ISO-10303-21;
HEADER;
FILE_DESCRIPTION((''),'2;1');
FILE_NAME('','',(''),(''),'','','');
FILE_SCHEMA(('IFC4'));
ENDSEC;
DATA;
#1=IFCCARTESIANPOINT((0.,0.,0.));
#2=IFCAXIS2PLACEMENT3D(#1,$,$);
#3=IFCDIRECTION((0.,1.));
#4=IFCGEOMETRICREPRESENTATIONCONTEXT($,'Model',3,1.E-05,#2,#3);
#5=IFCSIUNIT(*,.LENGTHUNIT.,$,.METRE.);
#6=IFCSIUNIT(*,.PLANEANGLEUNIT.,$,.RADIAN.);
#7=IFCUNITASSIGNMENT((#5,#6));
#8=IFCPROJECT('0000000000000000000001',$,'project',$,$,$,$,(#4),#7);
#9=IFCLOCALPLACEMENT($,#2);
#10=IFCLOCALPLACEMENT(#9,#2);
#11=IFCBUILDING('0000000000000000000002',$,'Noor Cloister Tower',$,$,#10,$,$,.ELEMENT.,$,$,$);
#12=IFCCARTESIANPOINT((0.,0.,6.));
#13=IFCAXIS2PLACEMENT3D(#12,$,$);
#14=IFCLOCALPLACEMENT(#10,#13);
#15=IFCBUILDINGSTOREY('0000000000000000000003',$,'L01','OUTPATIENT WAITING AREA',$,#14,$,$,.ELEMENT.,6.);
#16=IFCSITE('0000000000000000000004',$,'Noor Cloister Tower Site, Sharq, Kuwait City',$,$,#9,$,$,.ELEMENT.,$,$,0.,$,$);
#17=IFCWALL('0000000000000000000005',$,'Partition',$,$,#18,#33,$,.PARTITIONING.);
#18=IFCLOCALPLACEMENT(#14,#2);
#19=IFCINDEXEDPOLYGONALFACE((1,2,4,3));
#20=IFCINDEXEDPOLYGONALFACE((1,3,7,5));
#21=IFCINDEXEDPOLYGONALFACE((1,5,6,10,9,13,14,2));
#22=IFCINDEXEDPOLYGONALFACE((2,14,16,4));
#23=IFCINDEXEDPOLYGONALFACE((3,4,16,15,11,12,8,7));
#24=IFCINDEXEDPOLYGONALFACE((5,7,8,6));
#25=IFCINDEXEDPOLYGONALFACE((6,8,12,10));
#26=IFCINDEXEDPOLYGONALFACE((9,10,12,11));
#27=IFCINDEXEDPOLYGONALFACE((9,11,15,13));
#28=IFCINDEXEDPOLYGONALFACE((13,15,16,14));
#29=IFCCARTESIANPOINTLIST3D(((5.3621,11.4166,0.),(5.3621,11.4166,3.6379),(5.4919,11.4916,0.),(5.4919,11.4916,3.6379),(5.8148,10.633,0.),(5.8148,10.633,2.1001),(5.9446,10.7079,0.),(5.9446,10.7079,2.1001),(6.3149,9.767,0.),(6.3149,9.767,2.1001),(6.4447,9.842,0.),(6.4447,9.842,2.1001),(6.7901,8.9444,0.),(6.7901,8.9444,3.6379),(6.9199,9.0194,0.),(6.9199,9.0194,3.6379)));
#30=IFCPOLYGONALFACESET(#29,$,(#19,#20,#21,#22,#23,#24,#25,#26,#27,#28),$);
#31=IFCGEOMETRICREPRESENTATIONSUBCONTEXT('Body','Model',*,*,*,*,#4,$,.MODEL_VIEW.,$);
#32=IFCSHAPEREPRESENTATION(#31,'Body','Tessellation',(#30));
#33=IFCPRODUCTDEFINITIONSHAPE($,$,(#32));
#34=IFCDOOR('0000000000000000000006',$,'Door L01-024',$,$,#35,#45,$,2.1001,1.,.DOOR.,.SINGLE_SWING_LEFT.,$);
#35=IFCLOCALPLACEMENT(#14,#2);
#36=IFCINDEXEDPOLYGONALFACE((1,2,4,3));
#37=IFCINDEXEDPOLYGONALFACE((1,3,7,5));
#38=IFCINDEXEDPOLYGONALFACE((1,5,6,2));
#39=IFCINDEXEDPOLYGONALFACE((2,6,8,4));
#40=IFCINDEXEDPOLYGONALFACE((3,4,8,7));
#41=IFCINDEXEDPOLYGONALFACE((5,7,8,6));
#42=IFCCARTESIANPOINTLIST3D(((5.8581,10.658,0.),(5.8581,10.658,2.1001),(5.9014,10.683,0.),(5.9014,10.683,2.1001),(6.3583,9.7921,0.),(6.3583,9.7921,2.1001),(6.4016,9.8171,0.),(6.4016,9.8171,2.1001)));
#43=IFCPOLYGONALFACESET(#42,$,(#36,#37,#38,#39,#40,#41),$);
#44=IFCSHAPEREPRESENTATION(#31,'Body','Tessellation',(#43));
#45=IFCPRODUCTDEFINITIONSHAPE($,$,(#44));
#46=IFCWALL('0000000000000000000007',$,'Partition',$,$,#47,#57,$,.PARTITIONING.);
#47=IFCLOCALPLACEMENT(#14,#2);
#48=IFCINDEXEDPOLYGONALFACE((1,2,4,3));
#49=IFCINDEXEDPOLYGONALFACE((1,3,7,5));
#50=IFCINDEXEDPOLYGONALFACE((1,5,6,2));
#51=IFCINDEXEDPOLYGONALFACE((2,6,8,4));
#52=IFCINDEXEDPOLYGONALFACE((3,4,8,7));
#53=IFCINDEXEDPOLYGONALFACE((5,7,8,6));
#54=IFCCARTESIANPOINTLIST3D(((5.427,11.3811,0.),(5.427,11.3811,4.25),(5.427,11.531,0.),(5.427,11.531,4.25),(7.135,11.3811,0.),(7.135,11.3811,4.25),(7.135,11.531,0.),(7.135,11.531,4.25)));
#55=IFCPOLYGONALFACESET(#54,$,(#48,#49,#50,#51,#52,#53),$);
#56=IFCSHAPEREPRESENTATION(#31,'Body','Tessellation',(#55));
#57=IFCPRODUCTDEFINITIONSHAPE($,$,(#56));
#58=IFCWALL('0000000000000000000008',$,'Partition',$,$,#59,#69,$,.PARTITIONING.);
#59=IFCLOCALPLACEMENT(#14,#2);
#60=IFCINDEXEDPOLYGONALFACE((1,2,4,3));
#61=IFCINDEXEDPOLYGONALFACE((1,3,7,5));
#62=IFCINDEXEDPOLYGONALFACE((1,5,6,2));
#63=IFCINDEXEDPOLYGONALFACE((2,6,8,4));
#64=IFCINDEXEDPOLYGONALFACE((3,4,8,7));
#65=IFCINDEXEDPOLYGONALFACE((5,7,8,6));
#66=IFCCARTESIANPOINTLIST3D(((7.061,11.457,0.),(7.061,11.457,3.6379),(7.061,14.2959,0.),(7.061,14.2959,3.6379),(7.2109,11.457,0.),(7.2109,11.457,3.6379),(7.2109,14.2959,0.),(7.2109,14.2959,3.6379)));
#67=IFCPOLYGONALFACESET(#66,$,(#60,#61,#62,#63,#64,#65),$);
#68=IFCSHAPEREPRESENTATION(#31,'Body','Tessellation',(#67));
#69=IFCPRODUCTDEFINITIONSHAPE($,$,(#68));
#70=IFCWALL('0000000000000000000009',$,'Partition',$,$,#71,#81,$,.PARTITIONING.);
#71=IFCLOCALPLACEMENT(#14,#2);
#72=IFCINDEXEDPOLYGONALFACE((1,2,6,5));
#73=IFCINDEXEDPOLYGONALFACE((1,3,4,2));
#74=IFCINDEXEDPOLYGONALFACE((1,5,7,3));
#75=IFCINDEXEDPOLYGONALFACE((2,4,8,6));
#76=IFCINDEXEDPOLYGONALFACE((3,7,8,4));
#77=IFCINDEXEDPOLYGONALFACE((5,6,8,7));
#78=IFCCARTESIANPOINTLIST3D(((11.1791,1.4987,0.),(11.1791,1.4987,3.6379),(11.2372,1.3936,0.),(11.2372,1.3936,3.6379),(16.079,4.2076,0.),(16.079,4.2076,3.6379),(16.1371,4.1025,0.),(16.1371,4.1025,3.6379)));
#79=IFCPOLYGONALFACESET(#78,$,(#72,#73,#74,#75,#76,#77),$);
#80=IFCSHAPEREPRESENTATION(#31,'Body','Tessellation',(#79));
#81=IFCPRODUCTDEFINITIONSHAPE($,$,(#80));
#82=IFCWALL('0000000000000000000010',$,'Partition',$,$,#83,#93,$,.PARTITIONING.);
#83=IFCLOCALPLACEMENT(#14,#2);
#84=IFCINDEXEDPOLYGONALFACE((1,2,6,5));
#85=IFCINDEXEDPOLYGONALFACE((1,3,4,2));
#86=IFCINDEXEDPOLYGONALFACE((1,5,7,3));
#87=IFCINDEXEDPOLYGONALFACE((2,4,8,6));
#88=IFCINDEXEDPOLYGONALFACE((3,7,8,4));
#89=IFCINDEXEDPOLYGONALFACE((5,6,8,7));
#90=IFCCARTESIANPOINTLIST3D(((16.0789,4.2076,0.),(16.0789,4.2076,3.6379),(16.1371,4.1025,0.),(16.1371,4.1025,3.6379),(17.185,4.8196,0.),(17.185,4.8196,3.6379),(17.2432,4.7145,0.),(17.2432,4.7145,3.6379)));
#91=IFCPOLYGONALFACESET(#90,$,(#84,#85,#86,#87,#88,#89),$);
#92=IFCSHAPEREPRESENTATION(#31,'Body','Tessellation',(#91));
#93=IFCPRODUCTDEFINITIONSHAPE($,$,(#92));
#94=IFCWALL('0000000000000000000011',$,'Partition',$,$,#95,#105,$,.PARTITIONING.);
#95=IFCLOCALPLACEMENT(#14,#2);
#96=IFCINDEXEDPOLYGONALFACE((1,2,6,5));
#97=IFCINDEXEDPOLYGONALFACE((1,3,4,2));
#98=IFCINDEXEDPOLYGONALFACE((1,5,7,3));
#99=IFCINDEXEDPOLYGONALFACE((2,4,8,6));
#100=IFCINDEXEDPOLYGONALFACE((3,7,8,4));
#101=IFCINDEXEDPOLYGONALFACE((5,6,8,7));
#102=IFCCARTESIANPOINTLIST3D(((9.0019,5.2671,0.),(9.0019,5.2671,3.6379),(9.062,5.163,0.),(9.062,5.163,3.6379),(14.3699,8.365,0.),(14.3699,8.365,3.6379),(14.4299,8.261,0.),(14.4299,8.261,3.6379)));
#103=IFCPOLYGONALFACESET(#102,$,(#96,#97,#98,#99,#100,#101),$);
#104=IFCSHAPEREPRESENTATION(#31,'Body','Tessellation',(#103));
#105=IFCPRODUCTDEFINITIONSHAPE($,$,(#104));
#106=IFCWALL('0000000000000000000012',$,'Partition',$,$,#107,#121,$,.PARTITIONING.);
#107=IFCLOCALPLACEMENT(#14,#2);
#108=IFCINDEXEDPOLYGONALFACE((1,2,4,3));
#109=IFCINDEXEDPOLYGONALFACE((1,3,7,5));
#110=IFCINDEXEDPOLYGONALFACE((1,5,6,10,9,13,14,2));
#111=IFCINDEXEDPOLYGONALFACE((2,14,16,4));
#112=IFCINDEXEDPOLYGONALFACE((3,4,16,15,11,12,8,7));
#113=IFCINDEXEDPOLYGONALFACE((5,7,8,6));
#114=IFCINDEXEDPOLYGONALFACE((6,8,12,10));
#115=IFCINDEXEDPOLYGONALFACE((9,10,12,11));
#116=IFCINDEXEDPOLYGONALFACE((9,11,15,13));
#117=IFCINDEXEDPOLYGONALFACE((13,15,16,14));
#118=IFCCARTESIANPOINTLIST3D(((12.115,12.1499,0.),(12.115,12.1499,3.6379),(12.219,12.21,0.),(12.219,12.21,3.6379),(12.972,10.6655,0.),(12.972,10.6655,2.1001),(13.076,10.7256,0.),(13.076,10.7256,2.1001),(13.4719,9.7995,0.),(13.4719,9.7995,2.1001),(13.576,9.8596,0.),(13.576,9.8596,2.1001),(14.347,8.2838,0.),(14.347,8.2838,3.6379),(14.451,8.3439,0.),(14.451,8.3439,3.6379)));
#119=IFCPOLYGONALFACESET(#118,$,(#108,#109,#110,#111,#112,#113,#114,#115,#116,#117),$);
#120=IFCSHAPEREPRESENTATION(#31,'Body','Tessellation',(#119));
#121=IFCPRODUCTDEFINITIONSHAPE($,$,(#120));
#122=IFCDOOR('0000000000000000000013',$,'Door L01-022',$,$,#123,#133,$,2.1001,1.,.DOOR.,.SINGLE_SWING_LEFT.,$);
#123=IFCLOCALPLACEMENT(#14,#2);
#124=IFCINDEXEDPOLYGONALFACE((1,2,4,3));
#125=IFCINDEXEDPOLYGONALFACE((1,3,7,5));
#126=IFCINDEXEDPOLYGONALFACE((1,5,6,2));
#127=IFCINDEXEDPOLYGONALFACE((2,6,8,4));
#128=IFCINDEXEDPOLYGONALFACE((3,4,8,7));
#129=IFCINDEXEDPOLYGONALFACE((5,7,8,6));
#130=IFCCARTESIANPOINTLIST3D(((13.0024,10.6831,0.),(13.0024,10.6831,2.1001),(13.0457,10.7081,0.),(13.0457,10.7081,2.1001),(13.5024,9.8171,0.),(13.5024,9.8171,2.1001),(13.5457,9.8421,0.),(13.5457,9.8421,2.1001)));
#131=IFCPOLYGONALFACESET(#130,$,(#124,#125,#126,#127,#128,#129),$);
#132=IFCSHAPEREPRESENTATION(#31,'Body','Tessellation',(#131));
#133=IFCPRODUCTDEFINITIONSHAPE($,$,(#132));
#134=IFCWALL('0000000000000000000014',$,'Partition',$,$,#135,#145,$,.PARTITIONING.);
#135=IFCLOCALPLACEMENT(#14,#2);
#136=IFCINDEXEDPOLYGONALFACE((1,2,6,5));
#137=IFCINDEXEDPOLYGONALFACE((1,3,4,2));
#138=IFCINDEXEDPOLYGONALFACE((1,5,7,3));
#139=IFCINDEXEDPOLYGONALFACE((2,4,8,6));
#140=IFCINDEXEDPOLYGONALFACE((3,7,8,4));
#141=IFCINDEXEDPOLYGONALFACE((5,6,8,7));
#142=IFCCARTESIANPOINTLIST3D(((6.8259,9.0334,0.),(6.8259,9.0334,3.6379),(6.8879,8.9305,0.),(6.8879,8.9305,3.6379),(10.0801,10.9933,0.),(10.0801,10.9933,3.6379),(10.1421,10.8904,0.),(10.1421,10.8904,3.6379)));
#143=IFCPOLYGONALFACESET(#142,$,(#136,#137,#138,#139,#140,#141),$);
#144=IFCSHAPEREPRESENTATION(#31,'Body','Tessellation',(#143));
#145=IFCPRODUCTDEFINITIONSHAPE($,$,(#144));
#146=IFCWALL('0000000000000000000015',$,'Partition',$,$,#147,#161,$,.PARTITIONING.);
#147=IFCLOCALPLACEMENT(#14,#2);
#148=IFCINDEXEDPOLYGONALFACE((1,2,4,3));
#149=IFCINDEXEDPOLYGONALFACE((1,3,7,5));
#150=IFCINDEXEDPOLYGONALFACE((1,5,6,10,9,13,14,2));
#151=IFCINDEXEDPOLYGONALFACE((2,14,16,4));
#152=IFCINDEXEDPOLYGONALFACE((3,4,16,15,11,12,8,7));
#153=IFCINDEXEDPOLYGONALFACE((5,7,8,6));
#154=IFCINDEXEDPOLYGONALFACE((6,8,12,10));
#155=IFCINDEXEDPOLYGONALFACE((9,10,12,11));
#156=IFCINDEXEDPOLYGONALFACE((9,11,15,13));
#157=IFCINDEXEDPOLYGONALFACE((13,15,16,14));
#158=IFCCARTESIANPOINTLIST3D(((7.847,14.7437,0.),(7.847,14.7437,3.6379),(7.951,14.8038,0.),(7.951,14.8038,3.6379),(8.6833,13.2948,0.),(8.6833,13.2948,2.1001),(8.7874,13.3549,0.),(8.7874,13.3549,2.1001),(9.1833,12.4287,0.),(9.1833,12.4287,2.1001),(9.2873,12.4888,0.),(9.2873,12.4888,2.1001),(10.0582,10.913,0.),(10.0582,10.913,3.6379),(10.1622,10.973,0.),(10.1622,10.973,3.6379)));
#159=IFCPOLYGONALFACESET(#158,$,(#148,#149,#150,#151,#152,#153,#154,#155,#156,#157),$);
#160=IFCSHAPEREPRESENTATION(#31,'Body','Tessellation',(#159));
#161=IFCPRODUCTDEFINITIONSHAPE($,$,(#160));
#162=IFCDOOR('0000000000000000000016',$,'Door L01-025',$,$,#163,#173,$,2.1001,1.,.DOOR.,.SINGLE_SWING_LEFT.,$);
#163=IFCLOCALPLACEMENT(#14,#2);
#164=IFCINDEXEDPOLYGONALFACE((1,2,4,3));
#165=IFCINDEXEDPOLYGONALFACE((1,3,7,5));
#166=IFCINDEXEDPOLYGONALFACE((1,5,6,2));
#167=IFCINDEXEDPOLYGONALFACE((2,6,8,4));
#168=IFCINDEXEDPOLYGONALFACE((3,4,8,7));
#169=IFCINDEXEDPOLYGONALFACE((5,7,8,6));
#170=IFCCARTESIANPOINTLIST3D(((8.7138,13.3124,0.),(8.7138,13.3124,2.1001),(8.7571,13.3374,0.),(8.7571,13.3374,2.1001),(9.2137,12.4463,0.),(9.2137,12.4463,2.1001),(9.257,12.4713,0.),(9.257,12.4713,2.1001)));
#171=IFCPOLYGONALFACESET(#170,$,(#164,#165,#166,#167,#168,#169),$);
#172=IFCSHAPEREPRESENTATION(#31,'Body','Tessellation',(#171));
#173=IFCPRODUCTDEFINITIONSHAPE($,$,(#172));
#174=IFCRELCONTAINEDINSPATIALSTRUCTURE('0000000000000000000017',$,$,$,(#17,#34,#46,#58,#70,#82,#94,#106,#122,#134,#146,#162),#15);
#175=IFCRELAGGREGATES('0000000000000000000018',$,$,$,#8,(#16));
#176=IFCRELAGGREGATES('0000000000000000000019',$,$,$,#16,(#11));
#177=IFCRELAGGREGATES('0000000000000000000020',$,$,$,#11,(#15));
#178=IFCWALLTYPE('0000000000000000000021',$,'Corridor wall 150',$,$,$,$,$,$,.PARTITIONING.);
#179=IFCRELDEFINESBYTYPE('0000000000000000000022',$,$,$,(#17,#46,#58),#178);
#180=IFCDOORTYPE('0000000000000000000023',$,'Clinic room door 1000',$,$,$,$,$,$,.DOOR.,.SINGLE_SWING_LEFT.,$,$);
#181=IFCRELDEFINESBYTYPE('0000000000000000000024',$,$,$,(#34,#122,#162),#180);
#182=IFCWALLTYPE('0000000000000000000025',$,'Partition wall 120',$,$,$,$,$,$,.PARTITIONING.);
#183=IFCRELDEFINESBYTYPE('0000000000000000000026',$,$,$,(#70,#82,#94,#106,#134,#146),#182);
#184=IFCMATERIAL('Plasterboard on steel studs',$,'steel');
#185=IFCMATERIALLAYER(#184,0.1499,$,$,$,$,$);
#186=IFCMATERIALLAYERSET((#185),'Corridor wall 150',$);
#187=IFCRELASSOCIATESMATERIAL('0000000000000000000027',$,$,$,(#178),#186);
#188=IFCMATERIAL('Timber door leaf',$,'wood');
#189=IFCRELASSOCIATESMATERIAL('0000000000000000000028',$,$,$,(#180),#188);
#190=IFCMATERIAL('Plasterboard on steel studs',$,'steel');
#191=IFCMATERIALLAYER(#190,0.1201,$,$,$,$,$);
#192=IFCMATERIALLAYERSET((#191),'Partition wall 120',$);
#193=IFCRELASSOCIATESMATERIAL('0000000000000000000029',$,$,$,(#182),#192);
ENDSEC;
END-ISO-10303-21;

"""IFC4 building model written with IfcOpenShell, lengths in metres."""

from ifc_helpers import new_model, si_unit, direction, frame, frame_2d, origin, place, context, subcontext, project, spatial, rectangle, extrude, material, layer, layer_set, type_object, element, fill, save


model = new_model("IFC4")

# Units and contexts
model_context = context("Model", 3, precision=1e-05, world=origin(), true_north=direction((0.0, 1.0)))
body_context = subcontext(model_context, "Body", "Model", "MODEL_VIEW")
ifc_project = project(units=[si_unit("LENGTHUNIT", "METRE"), si_unit("PLANEANGLEUNIT", "RADIAN")], contexts=[model_context])

# Site, building, storey
site_placement = place(None, origin())
site = spatial("IfcSite", under=ifc_project, at=site_placement, Name="Noor Cloister Tower Site, Sharq, Kuwait City", CompositionType="ELEMENT", RefElevation=0.0)
building_placement = place(site_placement, origin())
building = spatial("IfcBuilding", under=site, at=building_placement, Name="Noor Cloister Tower", CompositionType="ELEMENT")
storey_placement = place(building_placement, frame((0.0, 0.0, 6.0)))
storey = spatial("IfcBuildingStorey", under=building, at=storey_placement, Name="L01", Description="OUTPATIENT WAITING AREA", CompositionType="ELEMENT", Elevation=6.0)

# Wall, opening, door
ifc_material_1 = material(Name="Plasterboard on steel studs", Category="steel")
ifc_layer_1 = layer(ifc_material_1, 0.1499)
ifc_layer_set_1 = layer_set([ifc_layer_1], Name="Corridor wall 150")
wall_type_1 = type_object("IfcWallType", Name="Corridor wall 150", PredefinedType="PARTITIONING", material=ifc_layer_set_1)
ifc_material_2 = material(Name="Timber door leaf", Category="wood")
door_type_1 = type_object("IfcDoorType", Name="Clinic room door 1000", OperationType="SINGLE_SWING_LEFT", PredefinedType="DOOR", material=ifc_material_2)
wall_1_placement = place(storey_placement, frame((6.855, 8.9819, 0.0), z_axis=(0.0, 0.0, 1.0), x_axis=(-0.500176, 0.865924, 0.0)))
wall_1 = element("IfcWall", 1, at=wall_1_placement, inside=storey, type_object=wall_type_1, Name="Partition", PredefinedType="PARTITIONING", context=body_context, shape_type="SweptSolid", body=[
    extrude(rectangle(XDim=2.855, YDim=0.1499, at=frame_2d((1.4275, 0.0))), origin(), (0.0, 0.0, 1.0), 3.6379),
])
opening_1_placement = place(wall_1_placement, frame((0.95, 0.0, 0.0)))
opening_1 = element("IfcOpeningElement", 2, at=opening_1_placement, cuts=wall_1, PredefinedType="OPENING", context=body_context, shape_type="SweptSolid", body=[
    extrude(rectangle(XDim=1.0, YDim=2.1001, at=frame_2d((0.5, 1.05))), frame((0.0, 0.085, 0.0), z_axis=(0.0, -1.0, 0.0), x_axis=(1.0, 0.0, 0.0)), (0.0, 0.0, 1.0), 0.1699),
])
door_1_placement = place(opening_1_placement, origin())
door_1 = element("IfcDoor", 3, at=door_1_placement, inside=storey, type_object=door_type_1, Name="Door L01-024", OperationType="SINGLE_SWING_LEFT", OverallHeight=2.1001, OverallWidth=1.0, PredefinedType="DOOR", context=body_context, shape_type="SweptSolid", body=[
    extrude(rectangle(XDim=1.0, YDim=2.1001, at=frame_2d((0.5, 1.05))), frame((0.0, 0.0249, 0.0), z_axis=(0.0, -1.0, 0.0), x_axis=(1.0, 0.0, 0.0)), (0.0, 0.0, 1.0), 0.05),
])
fill(opening_1, door_1)

# Walls
wall_2_placement = place(storey_placement, frame((5.427, 11.4561, 0.0), z_axis=(0.0, 0.0, 1.0), x_axis=(1.0, 0.0, 0.0)))
element("IfcWall", 4, at=wall_2_placement, inside=storey, type_object=wall_type_1, Name="Partition", PredefinedType="PARTITIONING", context=body_context, shape_type="SweptSolid", body=[
    extrude(rectangle(XDim=1.708, YDim=0.1499, at=frame_2d((0.854, 0.0))), origin(), (0.0, 0.0, 1.0), 4.25),
])
wall_3_placement = place(storey_placement, frame((7.136, 11.457, 0.0), z_axis=(0.0, 0.0, 1.0), x_axis=(0.0, 1.0, 0.0)))
element("IfcWall", 5, at=wall_3_placement, inside=storey, type_object=wall_type_1, Name="Partition", PredefinedType="PARTITIONING", context=body_context, shape_type="SweptSolid", body=[
    extrude(rectangle(XDim=2.8389, YDim=0.1499, at=frame_2d((1.4194, 0.0))), origin(), (0.0, 0.0, 1.0), 3.6379),
])
ifc_material_3 = material(Name="Plasterboard on steel studs", Category="steel")
ifc_layer_2 = layer(ifc_material_3, 0.1201)
ifc_layer_set_2 = layer_set([ifc_layer_2], Name="Partition wall 120")
wall_type_2 = type_object("IfcWallType", Name="Partition wall 120", PredefinedType="PARTITIONING", material=ifc_layer_set_2)
wall_4_placement = place(storey_placement, frame((16.1079, 4.155, 0.0), z_axis=(0.0, 0.0, 1.0), x_axis=(-0.875155, -0.483843, 0.0)))
element("IfcWall", 6, at=wall_4_placement, inside=storey, type_object=wall_type_2, Name="Partition", PredefinedType="PARTITIONING", context=body_context, shape_type="SweptSolid", body=[
    extrude(rectangle(XDim=5.5989, YDim=0.1201, at=frame_2d((2.7993, 0.0))), origin(), (0.0, 0.0, 1.0), 3.6379),
])
wall_5_placement = place(storey_placement, frame((17.2141, 4.7671, 0.0), z_axis=(0.0, 0.0, 1.0), x_axis=(-0.874994, -0.484134, 0.0)))
element("IfcWall", 7, at=wall_5_placement, inside=storey, type_object=wall_type_2, Name="Partition", PredefinedType="PARTITIONING", context=body_context, shape_type="SweptSolid", body=[
    extrude(rectangle(XDim=1.2642, YDim=0.1201, at=frame_2d((0.6321, 0.0))), origin(), (0.0, 0.0, 1.0), 3.6379),
])
wall_6_placement = place(storey_placement, frame((14.3999, 8.313, 0.0), z_axis=(0.0, 0.0, 1.0), x_axis=(-0.866114, -0.499846, 0.0)))
element("IfcWall", 8, at=wall_6_placement, inside=storey, type_object=wall_type_2, Name="Partition", PredefinedType="PARTITIONING", context=body_context, shape_type="SweptSolid", body=[
    extrude(rectangle(XDim=6.1978, YDim=0.1201, at=frame_2d((3.0989, 0.0))), origin(), (0.0, 0.0, 1.0), 3.6379),
])

# Wall, opening, door
wall_7_placement = place(storey_placement, frame((14.3989, 8.314, 0.0), z_axis=(0.0, 0.0, 1.0), x_axis=(-0.499986, 0.866033, 0.0)))
wall_7 = element("IfcWall", 9, at=wall_7_placement, inside=storey, type_object=wall_type_2, Name="Partition", PredefinedType="PARTITIONING", context=body_context, shape_type="SweptSolid", body=[
    extrude(rectangle(XDim=4.4641, YDim=0.1201, at=frame_2d((2.2319, 0.0))), origin(), (0.0, 0.0, 1.0), 3.6379),
])
opening_2_placement = place(wall_7_placement, frame((1.75, 0.0, 0.0)))
opening_2 = element("IfcOpeningElement", 10, at=opening_2_placement, cuts=wall_7, PredefinedType="OPENING", context=body_context, shape_type="SweptSolid", body=[
    extrude(rectangle(XDim=1.0, YDim=2.1001, at=frame_2d((0.5, 1.05))), frame((0.0, 0.0701, 0.0), z_axis=(0.0, -1.0, 0.0), x_axis=(1.0, 0.0, 0.0)), (0.0, 0.0, 1.0), 0.1401),
])
door_2_placement = place(opening_2_placement, origin())
door_2 = element("IfcDoor", 11, at=door_2_placement, inside=storey, type_object=door_type_1, Name="Door L01-022", OperationType="SINGLE_SWING_LEFT", OverallHeight=2.1001, OverallWidth=1.0, PredefinedType="DOOR", context=body_context, shape_type="SweptSolid", body=[
    extrude(rectangle(XDim=1.0, YDim=2.1001, at=frame_2d((0.5, 1.05))), frame((0.0, 0.0249, 0.0), z_axis=(0.0, -1.0, 0.0), x_axis=(1.0, 0.0, 0.0)), (0.0, 0.0, 1.0), 0.05),
])
fill(opening_2, door_2)

# Wall
wall_8_placement = place(storey_placement, frame((10.1111, 10.9419, 0.0), z_axis=(0.0, 0.0, 1.0), x_axis=(-0.856624, -0.515941, 0.0)))
element("IfcWall", 12, at=wall_8_placement, inside=storey, type_object=wall_type_2, Name="Partition", PredefinedType="PARTITIONING", context=body_context, shape_type="SweptSolid", body=[
    extrude(rectangle(XDim=3.7988, YDim=0.1201, at=frame_2d((1.8994, 0.0))), origin(), (0.0, 0.0, 1.0), 3.6379),
])

# Wall, opening, door
wall_9_placement = place(storey_placement, frame((10.1101, 10.9431, 0.0), z_axis=(0.0, 0.0, 1.0), x_axis=(-0.499909, 0.866078, 0.0)))
wall_9 = element("IfcWall", 13, at=wall_9_placement, inside=storey, type_object=wall_type_2, Name="Partition", PredefinedType="PARTITIONING", context=body_context, shape_type="SweptSolid", body=[
    extrude(rectangle(XDim=4.4231, YDim=0.1201, at=frame_2d((2.2114, 0.0))), origin(), (0.0, 0.0, 1.0), 3.6379),
])
opening_3_placement = place(wall_9_placement, frame((1.75, 0.0, 0.0)))
opening_3 = element("IfcOpeningElement", 14, at=opening_3_placement, cuts=wall_9, PredefinedType="OPENING", context=body_context, shape_type="SweptSolid", body=[
    extrude(rectangle(XDim=1.0, YDim=2.1001, at=frame_2d((0.5, 1.05))), frame((0.0, 0.0701, 0.0), z_axis=(0.0, -1.0, 0.0), x_axis=(1.0, 0.0, 0.0)), (0.0, 0.0, 1.0), 0.1401),
])
door_3_placement = place(opening_3_placement, origin())
door_3 = element("IfcDoor", 15, at=door_3_placement, inside=storey, type_object=door_type_1, Name="Door L01-025", OperationType="SINGLE_SWING_LEFT", OverallHeight=2.1001, OverallWidth=1.0, PredefinedType="DOOR", context=body_context, shape_type="SweptSolid", body=[
    extrude(rectangle(XDim=1.0, YDim=2.1001, at=frame_2d((0.5, 1.05))), frame((0.0, 0.0249, 0.0), z_axis=(0.0, -1.0, 0.0), x_axis=(1.0, 0.0, 0.0)), (0.0, 0.0, 1.0), 0.05),
])
fill(opening_3, door_3)

save(model, "model.ifc")
